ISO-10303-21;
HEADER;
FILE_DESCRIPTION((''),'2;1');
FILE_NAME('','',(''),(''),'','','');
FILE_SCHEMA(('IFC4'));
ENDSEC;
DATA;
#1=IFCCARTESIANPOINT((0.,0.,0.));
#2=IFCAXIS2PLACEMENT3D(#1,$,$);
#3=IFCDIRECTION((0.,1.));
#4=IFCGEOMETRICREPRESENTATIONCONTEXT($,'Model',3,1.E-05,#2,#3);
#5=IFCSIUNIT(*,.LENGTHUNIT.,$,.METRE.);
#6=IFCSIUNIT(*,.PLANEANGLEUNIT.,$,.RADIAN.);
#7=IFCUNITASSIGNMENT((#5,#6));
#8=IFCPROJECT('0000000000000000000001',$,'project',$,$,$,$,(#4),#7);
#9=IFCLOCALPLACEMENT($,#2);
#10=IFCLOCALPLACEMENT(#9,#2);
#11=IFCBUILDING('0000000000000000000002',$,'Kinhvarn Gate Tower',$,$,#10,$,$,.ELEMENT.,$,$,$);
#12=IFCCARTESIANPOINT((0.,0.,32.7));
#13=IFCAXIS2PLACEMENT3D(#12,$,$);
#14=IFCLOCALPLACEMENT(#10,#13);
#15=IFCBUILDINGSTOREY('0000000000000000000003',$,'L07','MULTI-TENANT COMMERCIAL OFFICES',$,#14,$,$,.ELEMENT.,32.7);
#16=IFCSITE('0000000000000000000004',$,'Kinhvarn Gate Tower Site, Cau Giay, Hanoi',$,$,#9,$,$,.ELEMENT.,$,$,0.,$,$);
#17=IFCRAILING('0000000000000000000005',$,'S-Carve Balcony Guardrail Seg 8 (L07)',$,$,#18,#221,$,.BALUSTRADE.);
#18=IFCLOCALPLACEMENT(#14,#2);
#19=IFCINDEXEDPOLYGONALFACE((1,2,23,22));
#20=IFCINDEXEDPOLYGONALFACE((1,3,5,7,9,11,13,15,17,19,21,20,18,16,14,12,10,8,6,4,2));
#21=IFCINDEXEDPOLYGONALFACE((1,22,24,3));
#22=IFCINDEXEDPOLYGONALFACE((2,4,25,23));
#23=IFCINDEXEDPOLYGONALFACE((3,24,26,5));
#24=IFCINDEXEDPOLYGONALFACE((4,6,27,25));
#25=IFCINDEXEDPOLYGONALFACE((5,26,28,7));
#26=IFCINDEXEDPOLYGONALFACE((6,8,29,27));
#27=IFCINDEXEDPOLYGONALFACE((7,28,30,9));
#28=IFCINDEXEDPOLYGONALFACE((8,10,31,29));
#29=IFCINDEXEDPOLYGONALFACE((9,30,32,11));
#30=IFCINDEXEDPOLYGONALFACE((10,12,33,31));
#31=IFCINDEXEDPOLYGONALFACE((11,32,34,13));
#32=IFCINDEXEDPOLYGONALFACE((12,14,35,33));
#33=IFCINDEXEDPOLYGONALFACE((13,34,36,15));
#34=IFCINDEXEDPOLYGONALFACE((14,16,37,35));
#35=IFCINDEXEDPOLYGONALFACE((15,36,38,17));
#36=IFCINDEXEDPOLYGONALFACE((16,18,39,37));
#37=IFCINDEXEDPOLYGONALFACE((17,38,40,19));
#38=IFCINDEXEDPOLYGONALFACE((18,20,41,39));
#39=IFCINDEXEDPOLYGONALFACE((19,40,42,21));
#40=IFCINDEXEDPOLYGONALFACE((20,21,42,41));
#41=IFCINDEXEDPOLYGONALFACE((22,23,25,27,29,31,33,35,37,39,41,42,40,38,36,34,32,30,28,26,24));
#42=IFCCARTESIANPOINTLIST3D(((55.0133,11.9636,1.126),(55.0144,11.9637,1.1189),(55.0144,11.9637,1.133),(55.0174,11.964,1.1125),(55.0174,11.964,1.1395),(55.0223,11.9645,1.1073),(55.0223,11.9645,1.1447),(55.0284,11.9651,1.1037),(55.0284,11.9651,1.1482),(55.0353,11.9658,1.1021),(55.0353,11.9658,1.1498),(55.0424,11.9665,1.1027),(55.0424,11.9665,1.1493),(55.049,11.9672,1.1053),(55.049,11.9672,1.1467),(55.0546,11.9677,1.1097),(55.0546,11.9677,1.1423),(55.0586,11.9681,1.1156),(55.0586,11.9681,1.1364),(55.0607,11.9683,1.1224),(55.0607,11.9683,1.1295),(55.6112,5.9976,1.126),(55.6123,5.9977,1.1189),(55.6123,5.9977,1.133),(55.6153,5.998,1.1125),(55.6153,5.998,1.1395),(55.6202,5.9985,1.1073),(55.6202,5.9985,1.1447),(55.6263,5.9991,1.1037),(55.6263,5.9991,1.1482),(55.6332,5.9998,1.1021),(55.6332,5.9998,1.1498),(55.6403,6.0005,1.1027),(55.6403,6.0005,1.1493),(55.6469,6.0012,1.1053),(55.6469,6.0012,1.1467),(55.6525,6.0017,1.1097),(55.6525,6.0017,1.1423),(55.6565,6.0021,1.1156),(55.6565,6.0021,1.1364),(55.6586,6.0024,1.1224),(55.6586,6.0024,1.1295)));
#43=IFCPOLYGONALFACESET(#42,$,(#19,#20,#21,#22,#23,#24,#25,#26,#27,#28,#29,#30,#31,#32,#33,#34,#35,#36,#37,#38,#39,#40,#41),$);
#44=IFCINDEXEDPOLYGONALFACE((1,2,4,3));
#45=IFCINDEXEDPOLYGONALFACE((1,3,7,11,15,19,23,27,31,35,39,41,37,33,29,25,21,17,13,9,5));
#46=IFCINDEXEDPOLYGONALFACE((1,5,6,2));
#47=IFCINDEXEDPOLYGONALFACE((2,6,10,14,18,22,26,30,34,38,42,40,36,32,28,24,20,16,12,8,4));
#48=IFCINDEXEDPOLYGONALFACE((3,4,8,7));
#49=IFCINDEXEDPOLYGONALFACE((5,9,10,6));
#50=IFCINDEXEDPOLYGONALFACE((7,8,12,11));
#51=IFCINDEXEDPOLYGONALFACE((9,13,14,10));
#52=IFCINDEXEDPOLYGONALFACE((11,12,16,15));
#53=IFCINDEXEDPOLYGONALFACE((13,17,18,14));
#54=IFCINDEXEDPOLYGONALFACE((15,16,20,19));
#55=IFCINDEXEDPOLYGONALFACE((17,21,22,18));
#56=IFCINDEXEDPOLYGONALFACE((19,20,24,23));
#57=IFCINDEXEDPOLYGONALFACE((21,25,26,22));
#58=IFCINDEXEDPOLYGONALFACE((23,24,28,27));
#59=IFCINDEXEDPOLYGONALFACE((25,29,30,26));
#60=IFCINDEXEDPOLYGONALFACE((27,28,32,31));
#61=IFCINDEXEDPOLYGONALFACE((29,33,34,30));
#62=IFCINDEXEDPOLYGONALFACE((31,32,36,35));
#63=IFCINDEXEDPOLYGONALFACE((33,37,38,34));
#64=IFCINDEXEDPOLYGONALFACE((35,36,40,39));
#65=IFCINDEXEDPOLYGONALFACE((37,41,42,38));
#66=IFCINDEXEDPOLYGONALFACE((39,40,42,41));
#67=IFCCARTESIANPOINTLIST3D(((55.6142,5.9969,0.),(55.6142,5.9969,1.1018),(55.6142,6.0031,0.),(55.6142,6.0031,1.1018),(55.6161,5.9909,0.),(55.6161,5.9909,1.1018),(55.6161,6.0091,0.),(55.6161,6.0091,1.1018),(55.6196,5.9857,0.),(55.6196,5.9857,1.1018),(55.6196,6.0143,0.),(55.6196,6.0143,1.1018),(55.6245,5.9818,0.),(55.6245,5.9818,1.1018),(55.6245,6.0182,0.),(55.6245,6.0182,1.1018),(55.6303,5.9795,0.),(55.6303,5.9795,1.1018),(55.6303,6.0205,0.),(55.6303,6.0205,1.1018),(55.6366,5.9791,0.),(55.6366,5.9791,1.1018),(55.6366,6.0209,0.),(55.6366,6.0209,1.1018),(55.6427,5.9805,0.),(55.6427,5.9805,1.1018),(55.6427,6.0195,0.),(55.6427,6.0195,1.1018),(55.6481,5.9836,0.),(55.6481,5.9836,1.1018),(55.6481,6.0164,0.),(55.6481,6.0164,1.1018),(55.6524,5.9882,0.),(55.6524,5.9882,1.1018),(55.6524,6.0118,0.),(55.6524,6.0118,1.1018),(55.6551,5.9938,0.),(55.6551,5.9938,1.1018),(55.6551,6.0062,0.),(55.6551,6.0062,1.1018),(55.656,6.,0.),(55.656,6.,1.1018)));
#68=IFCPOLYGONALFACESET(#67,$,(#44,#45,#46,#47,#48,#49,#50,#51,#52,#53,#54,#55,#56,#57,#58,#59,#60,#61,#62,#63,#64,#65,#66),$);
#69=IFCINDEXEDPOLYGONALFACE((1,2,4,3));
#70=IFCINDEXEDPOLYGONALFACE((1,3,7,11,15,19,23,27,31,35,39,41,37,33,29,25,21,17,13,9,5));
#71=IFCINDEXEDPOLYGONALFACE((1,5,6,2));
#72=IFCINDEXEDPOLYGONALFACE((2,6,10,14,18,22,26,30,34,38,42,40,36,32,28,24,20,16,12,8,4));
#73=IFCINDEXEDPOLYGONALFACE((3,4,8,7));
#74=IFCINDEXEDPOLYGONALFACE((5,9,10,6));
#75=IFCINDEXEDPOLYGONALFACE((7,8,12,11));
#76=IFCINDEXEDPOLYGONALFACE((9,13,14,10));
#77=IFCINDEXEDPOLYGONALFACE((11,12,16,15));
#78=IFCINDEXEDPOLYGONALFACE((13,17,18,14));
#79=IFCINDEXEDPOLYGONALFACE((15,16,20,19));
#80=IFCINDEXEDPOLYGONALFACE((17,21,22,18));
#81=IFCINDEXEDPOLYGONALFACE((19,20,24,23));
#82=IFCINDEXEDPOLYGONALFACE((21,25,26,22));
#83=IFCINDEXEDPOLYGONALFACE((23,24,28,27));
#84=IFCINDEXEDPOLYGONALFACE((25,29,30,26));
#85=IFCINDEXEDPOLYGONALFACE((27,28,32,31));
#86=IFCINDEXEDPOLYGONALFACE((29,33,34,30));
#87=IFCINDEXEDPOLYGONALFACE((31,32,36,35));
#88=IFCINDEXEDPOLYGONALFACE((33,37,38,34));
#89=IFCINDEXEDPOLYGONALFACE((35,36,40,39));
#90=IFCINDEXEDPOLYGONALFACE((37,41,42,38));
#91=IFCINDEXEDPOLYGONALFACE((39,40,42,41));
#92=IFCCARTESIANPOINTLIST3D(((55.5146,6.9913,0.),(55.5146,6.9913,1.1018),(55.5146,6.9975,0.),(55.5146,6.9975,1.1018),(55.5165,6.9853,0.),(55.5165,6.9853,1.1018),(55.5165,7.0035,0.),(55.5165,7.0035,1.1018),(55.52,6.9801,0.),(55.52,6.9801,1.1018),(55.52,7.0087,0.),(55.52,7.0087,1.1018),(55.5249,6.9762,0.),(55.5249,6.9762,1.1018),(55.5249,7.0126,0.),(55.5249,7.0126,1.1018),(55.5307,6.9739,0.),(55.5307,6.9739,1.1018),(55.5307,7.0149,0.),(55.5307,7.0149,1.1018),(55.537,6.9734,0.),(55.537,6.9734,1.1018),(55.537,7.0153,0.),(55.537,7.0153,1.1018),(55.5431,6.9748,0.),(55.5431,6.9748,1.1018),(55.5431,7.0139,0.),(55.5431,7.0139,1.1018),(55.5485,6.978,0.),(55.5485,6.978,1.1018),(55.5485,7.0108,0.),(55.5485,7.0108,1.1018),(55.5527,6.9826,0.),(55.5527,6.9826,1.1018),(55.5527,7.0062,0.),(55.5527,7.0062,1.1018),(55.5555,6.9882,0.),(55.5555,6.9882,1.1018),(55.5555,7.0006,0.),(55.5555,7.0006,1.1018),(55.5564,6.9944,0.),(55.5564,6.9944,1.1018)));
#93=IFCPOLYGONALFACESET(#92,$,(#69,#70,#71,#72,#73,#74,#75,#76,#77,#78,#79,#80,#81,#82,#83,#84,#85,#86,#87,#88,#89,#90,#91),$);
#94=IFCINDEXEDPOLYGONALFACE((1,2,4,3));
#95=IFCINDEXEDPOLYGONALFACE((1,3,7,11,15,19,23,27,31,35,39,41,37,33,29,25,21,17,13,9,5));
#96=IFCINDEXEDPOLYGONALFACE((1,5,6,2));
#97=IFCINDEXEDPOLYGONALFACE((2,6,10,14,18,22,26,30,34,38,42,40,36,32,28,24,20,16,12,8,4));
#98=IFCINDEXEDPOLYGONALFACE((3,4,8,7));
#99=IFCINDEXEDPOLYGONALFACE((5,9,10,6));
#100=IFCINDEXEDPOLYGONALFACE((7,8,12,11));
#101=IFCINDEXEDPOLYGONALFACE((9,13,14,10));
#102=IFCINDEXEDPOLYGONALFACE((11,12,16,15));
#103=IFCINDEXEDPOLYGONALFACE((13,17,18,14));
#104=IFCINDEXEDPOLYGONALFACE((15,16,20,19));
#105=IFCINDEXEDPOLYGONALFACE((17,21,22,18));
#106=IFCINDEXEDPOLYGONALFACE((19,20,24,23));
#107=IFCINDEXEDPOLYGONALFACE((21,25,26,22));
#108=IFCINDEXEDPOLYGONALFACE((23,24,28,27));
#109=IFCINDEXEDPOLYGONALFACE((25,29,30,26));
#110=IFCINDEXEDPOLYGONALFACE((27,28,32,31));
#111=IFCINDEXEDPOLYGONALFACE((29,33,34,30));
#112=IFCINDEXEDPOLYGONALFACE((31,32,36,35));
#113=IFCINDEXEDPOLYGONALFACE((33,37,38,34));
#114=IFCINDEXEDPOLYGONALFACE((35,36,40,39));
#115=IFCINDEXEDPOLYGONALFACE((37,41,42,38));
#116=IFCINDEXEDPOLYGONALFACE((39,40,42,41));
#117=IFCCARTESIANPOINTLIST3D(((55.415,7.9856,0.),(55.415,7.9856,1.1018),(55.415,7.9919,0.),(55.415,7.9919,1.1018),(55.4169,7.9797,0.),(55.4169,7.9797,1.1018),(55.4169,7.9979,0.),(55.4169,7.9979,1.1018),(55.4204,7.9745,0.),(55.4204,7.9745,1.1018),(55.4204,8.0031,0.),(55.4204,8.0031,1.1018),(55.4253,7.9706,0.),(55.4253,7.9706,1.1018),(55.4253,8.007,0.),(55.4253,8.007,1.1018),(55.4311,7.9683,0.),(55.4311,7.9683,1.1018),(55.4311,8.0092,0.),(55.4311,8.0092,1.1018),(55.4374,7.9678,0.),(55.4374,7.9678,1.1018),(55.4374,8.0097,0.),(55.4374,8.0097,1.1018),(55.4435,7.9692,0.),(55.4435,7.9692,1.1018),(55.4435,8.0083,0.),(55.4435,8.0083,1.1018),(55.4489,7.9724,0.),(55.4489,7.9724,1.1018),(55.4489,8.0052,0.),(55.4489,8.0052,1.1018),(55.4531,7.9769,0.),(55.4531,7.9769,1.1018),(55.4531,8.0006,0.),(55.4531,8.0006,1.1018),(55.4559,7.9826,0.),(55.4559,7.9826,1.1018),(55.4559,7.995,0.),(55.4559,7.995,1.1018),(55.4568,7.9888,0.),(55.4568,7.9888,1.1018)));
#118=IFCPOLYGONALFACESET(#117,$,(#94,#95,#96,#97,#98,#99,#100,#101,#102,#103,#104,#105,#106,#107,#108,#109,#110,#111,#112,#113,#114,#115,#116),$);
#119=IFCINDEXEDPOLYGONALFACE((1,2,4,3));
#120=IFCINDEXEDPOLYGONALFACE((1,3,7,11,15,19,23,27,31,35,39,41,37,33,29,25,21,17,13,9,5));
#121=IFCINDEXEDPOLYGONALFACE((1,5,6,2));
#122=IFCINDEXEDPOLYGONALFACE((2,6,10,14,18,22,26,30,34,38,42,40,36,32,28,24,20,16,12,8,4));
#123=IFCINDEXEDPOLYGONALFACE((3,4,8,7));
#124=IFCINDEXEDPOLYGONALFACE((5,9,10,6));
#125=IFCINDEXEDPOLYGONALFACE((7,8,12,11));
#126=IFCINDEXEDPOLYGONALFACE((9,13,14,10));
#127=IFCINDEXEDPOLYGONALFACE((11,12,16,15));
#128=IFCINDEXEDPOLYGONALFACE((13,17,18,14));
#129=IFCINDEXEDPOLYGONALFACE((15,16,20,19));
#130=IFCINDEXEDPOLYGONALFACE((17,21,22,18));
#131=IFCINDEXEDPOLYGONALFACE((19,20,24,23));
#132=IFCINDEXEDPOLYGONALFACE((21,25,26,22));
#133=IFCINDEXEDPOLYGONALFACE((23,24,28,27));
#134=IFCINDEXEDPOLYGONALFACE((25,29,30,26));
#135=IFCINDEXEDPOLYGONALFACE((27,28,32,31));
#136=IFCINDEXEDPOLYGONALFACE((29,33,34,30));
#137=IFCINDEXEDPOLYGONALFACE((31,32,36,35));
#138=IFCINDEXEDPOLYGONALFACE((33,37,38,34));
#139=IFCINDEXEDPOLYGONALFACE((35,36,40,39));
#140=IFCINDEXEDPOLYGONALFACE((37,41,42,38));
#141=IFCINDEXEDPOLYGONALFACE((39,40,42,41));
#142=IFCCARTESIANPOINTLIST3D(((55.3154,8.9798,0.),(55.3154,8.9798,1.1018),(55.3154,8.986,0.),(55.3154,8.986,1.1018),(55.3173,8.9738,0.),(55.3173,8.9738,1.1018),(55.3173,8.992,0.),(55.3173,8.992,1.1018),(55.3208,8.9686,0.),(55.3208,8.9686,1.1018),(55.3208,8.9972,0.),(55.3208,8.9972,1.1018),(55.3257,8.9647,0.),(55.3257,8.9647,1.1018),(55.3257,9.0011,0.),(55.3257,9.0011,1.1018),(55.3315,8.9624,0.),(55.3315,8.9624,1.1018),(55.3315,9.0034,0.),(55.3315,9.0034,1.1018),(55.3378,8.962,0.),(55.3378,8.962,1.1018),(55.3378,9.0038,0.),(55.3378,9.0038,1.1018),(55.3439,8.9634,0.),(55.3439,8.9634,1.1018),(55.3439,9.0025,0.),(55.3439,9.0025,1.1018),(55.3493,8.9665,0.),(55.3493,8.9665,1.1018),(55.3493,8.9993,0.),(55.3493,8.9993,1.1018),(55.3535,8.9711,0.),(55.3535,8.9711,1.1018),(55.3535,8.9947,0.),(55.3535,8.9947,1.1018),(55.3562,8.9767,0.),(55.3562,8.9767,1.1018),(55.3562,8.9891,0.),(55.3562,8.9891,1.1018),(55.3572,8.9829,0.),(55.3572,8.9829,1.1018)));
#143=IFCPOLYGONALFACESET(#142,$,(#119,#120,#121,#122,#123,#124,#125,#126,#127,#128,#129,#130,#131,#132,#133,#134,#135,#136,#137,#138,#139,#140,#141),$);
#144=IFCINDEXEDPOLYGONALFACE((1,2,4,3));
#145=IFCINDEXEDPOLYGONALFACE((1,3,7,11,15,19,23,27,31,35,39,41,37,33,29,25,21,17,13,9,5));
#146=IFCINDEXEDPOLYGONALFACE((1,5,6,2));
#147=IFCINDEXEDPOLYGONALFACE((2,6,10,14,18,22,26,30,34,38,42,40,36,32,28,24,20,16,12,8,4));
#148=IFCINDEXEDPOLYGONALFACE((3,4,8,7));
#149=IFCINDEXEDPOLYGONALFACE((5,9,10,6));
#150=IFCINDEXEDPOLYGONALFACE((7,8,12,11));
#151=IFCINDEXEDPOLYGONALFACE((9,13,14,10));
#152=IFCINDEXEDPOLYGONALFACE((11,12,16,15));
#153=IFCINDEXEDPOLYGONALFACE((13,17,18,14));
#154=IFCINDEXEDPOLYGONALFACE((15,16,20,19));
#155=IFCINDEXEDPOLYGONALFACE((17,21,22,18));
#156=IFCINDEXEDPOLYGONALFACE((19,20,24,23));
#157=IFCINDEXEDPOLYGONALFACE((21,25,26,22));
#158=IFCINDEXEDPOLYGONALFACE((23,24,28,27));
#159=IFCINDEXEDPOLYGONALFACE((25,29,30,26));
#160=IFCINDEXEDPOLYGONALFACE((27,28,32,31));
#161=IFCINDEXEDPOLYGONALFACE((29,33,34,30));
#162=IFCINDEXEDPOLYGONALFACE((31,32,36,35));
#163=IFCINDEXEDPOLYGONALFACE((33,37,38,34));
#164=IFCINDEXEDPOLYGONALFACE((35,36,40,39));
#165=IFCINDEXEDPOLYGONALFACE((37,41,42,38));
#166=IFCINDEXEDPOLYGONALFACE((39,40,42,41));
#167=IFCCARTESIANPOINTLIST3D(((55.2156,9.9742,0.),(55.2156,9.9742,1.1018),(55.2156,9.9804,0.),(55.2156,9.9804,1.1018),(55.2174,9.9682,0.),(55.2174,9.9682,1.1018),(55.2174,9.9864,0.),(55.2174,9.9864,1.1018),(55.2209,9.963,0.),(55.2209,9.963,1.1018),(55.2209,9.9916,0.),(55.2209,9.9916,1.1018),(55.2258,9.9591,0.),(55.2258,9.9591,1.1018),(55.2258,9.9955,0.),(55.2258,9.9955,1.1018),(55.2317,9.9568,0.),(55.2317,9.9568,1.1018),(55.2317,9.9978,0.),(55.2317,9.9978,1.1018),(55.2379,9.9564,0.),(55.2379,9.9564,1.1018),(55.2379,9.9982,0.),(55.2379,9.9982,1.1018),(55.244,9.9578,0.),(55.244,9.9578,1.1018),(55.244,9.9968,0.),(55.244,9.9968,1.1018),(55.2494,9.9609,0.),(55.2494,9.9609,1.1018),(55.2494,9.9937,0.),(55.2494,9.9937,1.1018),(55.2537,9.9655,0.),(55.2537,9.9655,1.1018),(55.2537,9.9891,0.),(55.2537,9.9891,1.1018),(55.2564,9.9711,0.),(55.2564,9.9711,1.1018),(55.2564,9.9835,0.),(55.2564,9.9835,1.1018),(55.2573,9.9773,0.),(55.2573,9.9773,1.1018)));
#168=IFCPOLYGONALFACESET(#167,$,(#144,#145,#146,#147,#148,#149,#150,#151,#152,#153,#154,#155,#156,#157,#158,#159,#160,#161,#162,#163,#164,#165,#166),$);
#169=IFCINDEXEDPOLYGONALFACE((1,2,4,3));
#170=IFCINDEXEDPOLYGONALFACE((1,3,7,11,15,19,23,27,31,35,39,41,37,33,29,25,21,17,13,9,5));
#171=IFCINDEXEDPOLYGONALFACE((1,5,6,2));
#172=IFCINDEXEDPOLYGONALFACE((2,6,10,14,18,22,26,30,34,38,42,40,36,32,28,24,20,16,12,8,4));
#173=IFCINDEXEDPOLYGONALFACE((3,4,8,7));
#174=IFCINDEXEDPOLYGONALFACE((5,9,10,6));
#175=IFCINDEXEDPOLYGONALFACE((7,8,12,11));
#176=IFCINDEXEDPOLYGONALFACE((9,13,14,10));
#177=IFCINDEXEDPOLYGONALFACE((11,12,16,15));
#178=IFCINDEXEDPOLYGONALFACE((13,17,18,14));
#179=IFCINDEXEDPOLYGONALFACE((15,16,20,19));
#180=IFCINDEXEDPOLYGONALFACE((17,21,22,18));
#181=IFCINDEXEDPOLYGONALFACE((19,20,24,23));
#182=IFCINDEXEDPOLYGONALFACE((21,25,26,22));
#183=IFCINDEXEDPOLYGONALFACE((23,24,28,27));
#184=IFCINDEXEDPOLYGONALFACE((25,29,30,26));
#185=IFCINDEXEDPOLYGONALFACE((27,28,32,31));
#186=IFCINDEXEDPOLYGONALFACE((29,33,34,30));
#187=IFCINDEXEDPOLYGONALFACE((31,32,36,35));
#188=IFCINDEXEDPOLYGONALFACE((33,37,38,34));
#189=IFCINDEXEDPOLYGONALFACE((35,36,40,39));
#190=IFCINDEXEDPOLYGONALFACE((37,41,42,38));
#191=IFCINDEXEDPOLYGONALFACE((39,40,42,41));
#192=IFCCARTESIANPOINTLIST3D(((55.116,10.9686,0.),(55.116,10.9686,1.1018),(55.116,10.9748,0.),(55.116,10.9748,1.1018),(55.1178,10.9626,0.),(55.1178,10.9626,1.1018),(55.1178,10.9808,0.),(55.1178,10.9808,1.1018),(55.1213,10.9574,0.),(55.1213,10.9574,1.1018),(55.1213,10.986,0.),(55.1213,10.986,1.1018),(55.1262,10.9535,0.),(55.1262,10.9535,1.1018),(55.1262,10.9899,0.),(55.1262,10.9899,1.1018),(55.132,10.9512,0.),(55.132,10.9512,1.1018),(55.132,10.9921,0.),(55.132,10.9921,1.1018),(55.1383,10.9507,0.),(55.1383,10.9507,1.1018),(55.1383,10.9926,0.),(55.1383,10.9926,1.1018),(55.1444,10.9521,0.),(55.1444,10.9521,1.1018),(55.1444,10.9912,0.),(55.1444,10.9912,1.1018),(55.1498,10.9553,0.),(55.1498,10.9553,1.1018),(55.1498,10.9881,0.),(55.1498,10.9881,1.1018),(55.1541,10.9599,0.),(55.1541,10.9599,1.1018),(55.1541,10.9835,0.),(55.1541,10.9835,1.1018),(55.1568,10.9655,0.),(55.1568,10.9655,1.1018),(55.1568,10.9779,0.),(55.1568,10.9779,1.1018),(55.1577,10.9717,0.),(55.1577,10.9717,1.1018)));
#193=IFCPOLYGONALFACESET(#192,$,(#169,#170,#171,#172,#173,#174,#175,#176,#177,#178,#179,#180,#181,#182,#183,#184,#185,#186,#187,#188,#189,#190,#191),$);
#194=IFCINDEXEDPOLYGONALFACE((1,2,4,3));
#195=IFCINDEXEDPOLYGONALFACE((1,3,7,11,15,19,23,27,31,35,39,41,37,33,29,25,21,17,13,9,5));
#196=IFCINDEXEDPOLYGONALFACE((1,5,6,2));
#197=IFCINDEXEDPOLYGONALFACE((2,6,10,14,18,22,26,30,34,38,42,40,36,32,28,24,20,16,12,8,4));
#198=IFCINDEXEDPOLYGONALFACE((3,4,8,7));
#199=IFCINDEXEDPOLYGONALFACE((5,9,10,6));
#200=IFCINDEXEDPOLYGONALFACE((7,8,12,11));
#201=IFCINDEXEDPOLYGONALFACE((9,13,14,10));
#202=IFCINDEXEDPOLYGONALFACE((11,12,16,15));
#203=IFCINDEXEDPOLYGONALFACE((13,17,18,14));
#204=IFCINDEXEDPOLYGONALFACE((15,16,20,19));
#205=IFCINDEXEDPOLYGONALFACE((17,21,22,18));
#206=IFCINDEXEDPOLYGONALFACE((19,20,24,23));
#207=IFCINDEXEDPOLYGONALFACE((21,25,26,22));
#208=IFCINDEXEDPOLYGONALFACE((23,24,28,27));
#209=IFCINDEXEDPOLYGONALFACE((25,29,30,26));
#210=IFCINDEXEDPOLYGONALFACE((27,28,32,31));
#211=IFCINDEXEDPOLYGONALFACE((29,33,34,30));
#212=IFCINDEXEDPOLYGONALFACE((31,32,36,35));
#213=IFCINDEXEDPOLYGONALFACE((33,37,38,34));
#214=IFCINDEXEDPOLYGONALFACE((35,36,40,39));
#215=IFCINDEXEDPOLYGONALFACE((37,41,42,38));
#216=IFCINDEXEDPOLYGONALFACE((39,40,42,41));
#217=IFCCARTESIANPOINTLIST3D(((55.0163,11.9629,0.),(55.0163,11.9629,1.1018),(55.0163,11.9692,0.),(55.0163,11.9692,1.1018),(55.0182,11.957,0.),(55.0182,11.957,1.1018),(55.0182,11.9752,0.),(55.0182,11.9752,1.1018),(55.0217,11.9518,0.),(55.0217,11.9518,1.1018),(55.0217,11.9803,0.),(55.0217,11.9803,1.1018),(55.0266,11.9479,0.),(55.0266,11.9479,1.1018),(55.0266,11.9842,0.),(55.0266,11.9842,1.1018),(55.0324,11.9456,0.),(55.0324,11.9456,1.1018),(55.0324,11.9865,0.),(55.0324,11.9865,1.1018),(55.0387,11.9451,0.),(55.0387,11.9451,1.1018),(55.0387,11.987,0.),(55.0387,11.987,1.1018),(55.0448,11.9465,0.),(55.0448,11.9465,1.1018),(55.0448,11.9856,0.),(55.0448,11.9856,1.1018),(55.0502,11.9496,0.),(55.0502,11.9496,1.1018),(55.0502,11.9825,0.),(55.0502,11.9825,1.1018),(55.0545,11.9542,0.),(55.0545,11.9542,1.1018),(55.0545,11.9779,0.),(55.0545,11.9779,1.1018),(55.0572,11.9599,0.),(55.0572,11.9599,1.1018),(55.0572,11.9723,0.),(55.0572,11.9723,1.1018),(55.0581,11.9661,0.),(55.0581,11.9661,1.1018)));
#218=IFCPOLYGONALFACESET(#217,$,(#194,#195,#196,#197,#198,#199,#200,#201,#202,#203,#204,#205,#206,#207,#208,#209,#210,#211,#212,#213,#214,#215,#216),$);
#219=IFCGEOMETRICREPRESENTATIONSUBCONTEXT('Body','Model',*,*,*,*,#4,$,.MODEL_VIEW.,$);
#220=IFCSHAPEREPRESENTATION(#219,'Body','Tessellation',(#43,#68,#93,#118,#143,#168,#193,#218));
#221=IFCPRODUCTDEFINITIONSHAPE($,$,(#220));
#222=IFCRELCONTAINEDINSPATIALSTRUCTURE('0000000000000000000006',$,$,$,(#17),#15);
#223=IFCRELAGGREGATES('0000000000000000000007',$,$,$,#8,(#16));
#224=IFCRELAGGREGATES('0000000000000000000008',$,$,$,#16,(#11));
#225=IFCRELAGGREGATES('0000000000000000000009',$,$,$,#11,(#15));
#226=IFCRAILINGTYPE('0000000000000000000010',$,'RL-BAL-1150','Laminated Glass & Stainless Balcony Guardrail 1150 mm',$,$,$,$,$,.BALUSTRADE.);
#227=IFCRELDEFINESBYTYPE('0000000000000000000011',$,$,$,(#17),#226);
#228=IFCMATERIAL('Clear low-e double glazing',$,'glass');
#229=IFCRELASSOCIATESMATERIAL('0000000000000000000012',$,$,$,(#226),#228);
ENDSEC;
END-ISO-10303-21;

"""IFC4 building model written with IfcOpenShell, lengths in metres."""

from ifc_helpers import new_model, si_unit, direction, frame, origin, origin_2d, place, context, subcontext, project, spatial, circle, extrude, material, type_object, element, save


model = new_model("IFC4")

# Units and contexts
model_context = context("Model", 3, precision=1e-05, world=origin(), true_north=direction((0.0, 1.0)))
body_context = subcontext(model_context, "Body", "Model", "MODEL_VIEW")
ifc_project = project(units=[si_unit("LENGTHUNIT", "METRE"), si_unit("PLANEANGLEUNIT", "RADIAN")], contexts=[model_context])

# Site, building, storey
site_placement = place(None, origin())
site = spatial("IfcSite", under=ifc_project, at=site_placement, Name="Kinhvarn Gate Tower Site, Cau Giay, Hanoi", CompositionType="ELEMENT", RefElevation=0.0)
building_placement = place(site_placement, origin())
building = spatial("IfcBuilding", under=site, at=building_placement, Name="Kinhvarn Gate Tower", CompositionType="ELEMENT")
storey_placement = place(building_placement, frame((0.0, 0.0, 32.7)))
storey = spatial("IfcBuildingStorey", under=building, at=storey_placement, Name="L07", Description="MULTI-TENANT COMMERCIAL OFFICES", CompositionType="ELEMENT", Elevation=32.7)

# Shared definitions
ifc_material_1 = material(Name="Clear low-e double glazing", Category="glass")

# Railing
railing_type = type_object("IfcRailingType", Name="RL-BAL-1150", Description="Laminated Glass & Stainless Balcony Guardrail 1150 mm", PredefinedType="BALUSTRADE", material=ifc_material_1)
railing_1_placement = place(storey_placement, frame((55.635, 6.0, 0.0)))
element("IfcRailing", 1, at=railing_1_placement, inside=storey, type_object=railing_type, Name="S-Carve Balcony Guardrail Seg 8 (L07)", PredefinedType="BALUSTRADE", context=body_context, shape_type="SweptSolid", body=[
    extrude(circle(Radius=0.0239, at=origin_2d()), frame((0.0, 0.0, 1.126), z_axis=(-0.099717, 0.995016, 0.0), x_axis=(-0.995016, -0.099717, 0.0)), (0.0, 0.0, 1.0), 5.9958),
    extrude(circle(Radius=0.021, at=origin_2d()), origin(), (0.0, 0.0, 1.0), 1.1018),
    extrude(circle(Radius=0.021, at=origin_2d()), frame((-0.0996, 0.9944, 0.0)), (0.0, 0.0, 1.0), 1.1018),
    extrude(circle(Radius=0.021, at=origin_2d()), frame((-0.1992, 1.9888, 0.0)), (0.0, 0.0, 1.0), 1.1018),
    extrude(circle(Radius=0.021, at=origin_2d()), frame((-0.2988, 2.9829, 0.0)), (0.0, 0.0, 1.0), 1.1018),
    extrude(circle(Radius=0.021, at=origin_2d()), frame((-0.3987, 3.9773, 0.0)), (0.0, 0.0, 1.0), 1.1018),
    extrude(circle(Radius=0.021, at=origin_2d()), frame((-0.4983, 4.9717, 0.0)), (0.0, 0.0, 1.0), 1.1018),
    extrude(circle(Radius=0.021, at=origin_2d()), frame((-0.5979, 5.9661, 0.0)), (0.0, 0.0, 1.0), 1.1018),
])

save(model, "model.ifc")
